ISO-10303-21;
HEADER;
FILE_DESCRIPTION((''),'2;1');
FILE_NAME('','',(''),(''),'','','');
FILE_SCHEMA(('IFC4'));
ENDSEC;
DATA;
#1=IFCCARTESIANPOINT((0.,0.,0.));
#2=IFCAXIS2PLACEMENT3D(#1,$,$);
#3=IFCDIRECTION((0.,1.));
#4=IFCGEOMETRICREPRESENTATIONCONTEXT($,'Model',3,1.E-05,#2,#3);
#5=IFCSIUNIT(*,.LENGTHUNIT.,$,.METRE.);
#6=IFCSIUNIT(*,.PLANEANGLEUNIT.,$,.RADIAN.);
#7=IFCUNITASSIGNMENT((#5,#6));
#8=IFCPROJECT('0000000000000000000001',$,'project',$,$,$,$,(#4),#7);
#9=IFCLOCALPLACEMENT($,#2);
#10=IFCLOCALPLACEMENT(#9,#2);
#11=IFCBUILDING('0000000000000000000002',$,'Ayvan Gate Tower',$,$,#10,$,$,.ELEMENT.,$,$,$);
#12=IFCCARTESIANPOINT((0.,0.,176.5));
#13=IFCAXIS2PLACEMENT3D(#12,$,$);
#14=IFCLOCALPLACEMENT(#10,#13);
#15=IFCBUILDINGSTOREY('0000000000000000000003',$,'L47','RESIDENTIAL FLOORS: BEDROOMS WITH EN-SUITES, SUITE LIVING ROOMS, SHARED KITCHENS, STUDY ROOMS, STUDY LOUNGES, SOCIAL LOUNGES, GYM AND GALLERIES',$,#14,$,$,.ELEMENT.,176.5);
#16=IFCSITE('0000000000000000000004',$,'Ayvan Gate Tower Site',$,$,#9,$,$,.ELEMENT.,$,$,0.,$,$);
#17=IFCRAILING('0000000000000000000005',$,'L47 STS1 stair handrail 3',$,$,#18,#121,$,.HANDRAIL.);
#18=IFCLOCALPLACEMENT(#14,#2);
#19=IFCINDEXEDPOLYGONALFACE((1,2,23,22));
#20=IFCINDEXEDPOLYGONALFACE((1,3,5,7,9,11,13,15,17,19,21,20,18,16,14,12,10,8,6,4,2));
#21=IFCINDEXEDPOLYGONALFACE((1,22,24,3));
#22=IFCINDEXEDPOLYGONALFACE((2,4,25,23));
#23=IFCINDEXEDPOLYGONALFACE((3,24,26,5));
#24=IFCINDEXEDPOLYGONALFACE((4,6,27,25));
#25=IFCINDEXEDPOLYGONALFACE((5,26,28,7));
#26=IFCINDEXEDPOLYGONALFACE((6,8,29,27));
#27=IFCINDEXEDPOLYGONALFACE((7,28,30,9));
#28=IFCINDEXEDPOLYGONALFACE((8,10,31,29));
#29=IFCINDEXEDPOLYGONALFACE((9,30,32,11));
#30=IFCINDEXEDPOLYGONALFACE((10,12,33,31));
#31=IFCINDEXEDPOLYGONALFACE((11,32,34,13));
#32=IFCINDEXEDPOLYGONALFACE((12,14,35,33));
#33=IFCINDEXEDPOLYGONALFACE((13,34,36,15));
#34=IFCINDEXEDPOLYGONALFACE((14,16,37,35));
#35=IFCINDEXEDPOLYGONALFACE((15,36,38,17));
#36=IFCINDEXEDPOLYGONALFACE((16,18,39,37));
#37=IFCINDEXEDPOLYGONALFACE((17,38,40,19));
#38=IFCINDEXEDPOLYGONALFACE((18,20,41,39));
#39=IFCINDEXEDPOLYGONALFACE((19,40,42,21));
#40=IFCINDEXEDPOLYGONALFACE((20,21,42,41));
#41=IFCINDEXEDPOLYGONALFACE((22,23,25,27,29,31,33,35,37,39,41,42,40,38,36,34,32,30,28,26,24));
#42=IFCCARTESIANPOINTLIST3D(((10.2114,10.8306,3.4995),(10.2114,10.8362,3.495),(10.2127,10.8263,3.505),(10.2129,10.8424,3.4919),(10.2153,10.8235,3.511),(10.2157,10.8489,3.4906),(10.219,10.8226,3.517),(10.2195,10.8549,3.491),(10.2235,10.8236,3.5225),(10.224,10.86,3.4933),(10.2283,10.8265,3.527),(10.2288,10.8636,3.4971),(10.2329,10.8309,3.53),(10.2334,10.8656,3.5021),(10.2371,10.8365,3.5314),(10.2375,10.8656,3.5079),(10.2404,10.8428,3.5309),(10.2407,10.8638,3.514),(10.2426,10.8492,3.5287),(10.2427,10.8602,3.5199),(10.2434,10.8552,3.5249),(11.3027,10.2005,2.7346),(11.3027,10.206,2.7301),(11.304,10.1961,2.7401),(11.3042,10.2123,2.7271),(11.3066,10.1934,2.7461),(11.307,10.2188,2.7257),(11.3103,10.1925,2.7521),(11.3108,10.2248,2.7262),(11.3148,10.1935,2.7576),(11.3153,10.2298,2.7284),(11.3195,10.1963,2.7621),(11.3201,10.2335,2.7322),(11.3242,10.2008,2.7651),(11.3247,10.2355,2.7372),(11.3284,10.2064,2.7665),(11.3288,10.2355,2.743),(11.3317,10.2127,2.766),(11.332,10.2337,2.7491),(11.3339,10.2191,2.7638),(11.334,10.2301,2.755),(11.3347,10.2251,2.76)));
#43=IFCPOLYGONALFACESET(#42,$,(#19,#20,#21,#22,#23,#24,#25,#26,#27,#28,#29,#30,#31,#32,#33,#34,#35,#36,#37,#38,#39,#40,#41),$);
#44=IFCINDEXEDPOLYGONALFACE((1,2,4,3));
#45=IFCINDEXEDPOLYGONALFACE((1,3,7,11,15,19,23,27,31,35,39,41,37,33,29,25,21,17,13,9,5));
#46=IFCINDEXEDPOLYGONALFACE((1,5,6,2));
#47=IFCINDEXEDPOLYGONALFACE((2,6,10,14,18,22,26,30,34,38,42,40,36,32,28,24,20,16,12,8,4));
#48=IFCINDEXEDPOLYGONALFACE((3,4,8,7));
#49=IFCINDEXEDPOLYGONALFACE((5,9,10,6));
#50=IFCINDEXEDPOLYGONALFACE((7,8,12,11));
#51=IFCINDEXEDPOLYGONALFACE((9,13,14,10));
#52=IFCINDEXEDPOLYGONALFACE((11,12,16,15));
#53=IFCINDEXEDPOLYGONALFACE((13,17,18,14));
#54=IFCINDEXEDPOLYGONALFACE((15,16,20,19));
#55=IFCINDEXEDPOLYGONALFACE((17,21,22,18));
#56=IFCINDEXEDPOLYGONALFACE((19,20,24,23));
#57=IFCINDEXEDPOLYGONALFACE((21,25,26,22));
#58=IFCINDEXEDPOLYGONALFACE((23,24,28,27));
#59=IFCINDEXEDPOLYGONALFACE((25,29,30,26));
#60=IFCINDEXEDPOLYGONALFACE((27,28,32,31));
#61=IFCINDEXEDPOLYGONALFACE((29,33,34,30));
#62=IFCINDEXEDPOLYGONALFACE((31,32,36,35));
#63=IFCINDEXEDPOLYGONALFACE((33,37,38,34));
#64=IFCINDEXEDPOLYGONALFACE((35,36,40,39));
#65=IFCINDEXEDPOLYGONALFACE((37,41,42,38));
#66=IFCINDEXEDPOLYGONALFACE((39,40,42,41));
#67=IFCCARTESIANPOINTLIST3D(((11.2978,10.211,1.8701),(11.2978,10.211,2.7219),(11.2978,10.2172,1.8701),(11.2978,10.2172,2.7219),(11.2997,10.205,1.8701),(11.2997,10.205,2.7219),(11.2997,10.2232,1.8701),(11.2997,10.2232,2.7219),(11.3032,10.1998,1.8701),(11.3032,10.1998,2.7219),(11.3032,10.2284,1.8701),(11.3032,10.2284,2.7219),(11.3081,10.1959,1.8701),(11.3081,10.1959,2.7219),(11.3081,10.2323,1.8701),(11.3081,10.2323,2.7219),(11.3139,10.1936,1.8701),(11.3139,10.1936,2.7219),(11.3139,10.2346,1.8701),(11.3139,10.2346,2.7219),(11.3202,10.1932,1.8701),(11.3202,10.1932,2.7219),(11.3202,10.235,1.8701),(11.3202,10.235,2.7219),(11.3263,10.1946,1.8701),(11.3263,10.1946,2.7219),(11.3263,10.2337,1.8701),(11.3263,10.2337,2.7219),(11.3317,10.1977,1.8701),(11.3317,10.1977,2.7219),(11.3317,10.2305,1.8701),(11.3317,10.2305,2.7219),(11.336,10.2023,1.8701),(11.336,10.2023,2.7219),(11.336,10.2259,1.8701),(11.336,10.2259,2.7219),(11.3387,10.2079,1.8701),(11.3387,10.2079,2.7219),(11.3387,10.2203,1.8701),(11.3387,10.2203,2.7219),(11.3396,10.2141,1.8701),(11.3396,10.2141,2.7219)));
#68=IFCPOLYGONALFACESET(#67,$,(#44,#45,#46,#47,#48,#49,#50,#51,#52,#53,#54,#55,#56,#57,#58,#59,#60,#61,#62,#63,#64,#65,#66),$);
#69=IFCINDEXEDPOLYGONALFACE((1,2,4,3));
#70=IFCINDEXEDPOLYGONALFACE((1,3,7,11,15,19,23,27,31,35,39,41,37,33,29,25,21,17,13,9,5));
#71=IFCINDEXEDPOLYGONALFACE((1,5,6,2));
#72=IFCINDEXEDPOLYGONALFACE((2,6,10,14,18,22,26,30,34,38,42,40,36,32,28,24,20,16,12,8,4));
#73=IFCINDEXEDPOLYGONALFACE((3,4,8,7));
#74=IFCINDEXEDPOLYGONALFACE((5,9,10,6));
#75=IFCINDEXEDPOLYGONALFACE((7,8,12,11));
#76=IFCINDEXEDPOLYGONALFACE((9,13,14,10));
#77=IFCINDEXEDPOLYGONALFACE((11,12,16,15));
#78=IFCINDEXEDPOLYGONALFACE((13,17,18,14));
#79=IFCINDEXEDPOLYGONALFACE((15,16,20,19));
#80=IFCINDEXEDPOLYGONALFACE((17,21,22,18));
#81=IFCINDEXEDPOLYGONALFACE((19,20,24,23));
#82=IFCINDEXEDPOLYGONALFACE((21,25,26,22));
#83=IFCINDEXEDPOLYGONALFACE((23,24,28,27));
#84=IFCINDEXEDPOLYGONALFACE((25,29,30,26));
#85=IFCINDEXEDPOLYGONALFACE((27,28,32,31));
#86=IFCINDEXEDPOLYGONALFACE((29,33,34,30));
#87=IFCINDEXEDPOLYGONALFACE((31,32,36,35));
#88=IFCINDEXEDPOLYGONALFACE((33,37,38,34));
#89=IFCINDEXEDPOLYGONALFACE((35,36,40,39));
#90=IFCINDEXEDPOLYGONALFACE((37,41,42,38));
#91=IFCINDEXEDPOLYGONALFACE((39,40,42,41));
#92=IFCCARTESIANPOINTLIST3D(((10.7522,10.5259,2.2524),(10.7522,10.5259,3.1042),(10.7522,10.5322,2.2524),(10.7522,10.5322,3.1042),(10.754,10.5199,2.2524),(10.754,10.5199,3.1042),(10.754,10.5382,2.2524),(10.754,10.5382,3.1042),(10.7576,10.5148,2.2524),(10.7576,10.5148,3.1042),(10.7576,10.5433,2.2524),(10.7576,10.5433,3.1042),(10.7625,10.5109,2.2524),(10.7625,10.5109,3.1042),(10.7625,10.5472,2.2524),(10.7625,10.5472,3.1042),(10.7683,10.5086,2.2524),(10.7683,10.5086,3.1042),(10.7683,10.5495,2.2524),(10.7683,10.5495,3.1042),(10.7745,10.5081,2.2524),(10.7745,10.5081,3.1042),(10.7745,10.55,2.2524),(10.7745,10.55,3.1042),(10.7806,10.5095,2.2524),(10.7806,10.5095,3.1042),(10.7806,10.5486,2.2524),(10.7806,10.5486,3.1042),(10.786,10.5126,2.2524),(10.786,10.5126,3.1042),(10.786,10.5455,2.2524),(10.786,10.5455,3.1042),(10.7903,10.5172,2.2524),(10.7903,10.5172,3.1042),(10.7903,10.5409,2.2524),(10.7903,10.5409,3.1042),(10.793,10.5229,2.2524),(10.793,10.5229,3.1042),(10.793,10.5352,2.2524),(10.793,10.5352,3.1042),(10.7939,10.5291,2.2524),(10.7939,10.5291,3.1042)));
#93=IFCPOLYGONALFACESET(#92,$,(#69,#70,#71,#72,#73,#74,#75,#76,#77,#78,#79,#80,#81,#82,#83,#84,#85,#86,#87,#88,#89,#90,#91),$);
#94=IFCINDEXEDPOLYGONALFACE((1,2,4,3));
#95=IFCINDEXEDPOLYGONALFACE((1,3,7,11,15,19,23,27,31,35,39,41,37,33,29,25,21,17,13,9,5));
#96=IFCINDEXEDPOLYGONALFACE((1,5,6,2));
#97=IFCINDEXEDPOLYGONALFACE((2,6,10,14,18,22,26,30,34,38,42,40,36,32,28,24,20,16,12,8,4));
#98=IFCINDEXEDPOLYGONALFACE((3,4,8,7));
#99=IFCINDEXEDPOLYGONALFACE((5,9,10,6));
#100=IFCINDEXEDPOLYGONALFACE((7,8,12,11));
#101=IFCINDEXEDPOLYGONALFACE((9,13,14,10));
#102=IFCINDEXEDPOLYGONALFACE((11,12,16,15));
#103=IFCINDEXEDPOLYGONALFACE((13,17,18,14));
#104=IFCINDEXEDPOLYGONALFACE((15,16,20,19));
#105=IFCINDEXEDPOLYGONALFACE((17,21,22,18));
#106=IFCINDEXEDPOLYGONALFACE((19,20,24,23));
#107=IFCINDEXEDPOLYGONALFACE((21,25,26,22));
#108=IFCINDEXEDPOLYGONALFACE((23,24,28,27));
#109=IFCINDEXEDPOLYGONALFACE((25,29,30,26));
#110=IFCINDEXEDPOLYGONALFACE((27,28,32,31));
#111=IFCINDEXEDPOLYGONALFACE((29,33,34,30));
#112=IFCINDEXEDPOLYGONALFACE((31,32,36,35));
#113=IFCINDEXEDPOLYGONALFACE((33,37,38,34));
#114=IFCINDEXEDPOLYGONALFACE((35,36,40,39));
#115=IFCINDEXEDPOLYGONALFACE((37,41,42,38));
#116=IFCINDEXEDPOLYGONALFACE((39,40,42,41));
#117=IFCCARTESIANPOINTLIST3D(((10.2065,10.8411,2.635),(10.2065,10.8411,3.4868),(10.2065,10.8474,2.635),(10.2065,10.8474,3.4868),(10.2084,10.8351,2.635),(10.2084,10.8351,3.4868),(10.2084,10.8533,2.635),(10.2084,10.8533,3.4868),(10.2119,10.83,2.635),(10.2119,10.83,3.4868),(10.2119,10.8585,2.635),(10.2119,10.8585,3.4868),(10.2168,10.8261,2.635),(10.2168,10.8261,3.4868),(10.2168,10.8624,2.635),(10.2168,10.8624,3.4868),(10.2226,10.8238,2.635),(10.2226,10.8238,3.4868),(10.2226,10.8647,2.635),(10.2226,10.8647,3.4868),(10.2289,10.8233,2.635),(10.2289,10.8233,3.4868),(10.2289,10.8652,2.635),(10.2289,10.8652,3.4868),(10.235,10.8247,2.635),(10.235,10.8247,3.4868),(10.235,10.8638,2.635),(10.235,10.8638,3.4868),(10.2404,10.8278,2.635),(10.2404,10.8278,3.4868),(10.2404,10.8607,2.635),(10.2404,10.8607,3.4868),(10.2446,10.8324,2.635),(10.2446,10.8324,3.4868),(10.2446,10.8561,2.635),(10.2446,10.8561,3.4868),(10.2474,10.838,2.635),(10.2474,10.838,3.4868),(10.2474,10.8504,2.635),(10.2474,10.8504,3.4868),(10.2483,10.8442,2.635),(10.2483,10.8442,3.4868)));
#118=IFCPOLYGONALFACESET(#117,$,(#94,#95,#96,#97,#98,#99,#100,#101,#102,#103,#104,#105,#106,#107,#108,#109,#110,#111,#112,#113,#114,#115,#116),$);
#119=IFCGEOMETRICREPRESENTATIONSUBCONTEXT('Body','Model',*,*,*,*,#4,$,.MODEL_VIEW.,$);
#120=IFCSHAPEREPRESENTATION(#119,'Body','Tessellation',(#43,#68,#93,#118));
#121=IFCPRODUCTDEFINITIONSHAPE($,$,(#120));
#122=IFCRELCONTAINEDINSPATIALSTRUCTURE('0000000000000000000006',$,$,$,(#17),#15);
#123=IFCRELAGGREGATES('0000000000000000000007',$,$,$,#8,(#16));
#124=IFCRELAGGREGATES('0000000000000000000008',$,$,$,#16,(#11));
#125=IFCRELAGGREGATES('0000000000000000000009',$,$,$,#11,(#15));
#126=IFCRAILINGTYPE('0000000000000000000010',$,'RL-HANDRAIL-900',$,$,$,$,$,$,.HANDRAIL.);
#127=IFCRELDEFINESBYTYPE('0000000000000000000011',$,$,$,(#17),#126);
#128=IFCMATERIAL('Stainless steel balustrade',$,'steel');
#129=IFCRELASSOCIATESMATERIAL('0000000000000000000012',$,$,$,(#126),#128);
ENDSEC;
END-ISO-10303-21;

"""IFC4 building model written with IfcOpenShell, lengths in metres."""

from ifc_helpers import new_model, si_unit, direction, frame, origin, origin_2d, place, context, subcontext, project, spatial, circle, extrude, material, type_object, element, save


model = new_model("IFC4")

# Units and contexts
model_context = context("Model", 3, precision=1e-05, world=origin(), true_north=direction((0.0, 1.0)))
body_context = subcontext(model_context, "Body", "Model", "MODEL_VIEW")
ifc_project = project(units=[si_unit("LENGTHUNIT", "METRE"), si_unit("PLANEANGLEUNIT", "RADIAN")], contexts=[model_context])

# Site, building, storey
site_placement = place(None, origin())
site = spatial("IfcSite", under=ifc_project, at=site_placement, Name="Ayvan Gate Tower Site", CompositionType="ELEMENT", RefElevation=0.0)
building_placement = place(site_placement, origin())
building = spatial("IfcBuilding", under=site, at=building_placement, Name="Ayvan Gate Tower", CompositionType="ELEMENT")
storey_placement = place(building_placement, frame((0.0, 0.0, 176.5)))
storey = spatial("IfcBuildingStorey", under=building, at=storey_placement, Name="L47", Description="RESIDENTIAL FLOORS: BEDROOMS WITH EN-SUITES, SUITE LIVING ROOMS, SHARED KITCHENS, STUDY ROOMS, STUDY LOUNGES, SOCIAL LOUNGES, GYM AND GALLERIES", CompositionType="ELEMENT", Elevation=176.5)

# Railing
ifc_material_1 = material(Name="Stainless steel balustrade", Category="steel")
railing_type_1 = type_object("IfcRailingType", Name="RL-HANDRAIL-900", PredefinedType="HANDRAIL", material=ifc_material_1)
railing_1_placement = place(storey_placement, frame((11.3186, 10.2141, 1.8701)))
element("IfcRailing", 1, at=railing_1_placement, inside=storey, type_object=railing_type_1, Name="L47 STS1 stair handrail 3", PredefinedType="HANDRAIL", context=body_context, shape_type="SweptSolid", body=[
    extrude(circle(Radius=0.0239, at=origin_2d()), frame((0.0, 0.0, 0.876), z_axis=(-0.740304, 0.427455, 0.518875), x_axis=(-0.500035, -0.866005, 0.0)), (0.0, 0.0, 1.0), 1.4741),
    extrude(circle(Radius=0.021, at=origin_2d()), origin(), (0.0, 0.0, 1.0), 0.8518),
    extrude(circle(Radius=0.021, at=origin_2d()), frame((-0.5457, 0.3149, 0.3823)), (0.0, 0.0, 1.0), 0.8518),
    extrude(circle(Radius=0.021, at=origin_2d()), frame((-1.0913, 0.6301, 0.7649)), (0.0, 0.0, 1.0), 0.8518),
])

save(model, "model.ifc")
